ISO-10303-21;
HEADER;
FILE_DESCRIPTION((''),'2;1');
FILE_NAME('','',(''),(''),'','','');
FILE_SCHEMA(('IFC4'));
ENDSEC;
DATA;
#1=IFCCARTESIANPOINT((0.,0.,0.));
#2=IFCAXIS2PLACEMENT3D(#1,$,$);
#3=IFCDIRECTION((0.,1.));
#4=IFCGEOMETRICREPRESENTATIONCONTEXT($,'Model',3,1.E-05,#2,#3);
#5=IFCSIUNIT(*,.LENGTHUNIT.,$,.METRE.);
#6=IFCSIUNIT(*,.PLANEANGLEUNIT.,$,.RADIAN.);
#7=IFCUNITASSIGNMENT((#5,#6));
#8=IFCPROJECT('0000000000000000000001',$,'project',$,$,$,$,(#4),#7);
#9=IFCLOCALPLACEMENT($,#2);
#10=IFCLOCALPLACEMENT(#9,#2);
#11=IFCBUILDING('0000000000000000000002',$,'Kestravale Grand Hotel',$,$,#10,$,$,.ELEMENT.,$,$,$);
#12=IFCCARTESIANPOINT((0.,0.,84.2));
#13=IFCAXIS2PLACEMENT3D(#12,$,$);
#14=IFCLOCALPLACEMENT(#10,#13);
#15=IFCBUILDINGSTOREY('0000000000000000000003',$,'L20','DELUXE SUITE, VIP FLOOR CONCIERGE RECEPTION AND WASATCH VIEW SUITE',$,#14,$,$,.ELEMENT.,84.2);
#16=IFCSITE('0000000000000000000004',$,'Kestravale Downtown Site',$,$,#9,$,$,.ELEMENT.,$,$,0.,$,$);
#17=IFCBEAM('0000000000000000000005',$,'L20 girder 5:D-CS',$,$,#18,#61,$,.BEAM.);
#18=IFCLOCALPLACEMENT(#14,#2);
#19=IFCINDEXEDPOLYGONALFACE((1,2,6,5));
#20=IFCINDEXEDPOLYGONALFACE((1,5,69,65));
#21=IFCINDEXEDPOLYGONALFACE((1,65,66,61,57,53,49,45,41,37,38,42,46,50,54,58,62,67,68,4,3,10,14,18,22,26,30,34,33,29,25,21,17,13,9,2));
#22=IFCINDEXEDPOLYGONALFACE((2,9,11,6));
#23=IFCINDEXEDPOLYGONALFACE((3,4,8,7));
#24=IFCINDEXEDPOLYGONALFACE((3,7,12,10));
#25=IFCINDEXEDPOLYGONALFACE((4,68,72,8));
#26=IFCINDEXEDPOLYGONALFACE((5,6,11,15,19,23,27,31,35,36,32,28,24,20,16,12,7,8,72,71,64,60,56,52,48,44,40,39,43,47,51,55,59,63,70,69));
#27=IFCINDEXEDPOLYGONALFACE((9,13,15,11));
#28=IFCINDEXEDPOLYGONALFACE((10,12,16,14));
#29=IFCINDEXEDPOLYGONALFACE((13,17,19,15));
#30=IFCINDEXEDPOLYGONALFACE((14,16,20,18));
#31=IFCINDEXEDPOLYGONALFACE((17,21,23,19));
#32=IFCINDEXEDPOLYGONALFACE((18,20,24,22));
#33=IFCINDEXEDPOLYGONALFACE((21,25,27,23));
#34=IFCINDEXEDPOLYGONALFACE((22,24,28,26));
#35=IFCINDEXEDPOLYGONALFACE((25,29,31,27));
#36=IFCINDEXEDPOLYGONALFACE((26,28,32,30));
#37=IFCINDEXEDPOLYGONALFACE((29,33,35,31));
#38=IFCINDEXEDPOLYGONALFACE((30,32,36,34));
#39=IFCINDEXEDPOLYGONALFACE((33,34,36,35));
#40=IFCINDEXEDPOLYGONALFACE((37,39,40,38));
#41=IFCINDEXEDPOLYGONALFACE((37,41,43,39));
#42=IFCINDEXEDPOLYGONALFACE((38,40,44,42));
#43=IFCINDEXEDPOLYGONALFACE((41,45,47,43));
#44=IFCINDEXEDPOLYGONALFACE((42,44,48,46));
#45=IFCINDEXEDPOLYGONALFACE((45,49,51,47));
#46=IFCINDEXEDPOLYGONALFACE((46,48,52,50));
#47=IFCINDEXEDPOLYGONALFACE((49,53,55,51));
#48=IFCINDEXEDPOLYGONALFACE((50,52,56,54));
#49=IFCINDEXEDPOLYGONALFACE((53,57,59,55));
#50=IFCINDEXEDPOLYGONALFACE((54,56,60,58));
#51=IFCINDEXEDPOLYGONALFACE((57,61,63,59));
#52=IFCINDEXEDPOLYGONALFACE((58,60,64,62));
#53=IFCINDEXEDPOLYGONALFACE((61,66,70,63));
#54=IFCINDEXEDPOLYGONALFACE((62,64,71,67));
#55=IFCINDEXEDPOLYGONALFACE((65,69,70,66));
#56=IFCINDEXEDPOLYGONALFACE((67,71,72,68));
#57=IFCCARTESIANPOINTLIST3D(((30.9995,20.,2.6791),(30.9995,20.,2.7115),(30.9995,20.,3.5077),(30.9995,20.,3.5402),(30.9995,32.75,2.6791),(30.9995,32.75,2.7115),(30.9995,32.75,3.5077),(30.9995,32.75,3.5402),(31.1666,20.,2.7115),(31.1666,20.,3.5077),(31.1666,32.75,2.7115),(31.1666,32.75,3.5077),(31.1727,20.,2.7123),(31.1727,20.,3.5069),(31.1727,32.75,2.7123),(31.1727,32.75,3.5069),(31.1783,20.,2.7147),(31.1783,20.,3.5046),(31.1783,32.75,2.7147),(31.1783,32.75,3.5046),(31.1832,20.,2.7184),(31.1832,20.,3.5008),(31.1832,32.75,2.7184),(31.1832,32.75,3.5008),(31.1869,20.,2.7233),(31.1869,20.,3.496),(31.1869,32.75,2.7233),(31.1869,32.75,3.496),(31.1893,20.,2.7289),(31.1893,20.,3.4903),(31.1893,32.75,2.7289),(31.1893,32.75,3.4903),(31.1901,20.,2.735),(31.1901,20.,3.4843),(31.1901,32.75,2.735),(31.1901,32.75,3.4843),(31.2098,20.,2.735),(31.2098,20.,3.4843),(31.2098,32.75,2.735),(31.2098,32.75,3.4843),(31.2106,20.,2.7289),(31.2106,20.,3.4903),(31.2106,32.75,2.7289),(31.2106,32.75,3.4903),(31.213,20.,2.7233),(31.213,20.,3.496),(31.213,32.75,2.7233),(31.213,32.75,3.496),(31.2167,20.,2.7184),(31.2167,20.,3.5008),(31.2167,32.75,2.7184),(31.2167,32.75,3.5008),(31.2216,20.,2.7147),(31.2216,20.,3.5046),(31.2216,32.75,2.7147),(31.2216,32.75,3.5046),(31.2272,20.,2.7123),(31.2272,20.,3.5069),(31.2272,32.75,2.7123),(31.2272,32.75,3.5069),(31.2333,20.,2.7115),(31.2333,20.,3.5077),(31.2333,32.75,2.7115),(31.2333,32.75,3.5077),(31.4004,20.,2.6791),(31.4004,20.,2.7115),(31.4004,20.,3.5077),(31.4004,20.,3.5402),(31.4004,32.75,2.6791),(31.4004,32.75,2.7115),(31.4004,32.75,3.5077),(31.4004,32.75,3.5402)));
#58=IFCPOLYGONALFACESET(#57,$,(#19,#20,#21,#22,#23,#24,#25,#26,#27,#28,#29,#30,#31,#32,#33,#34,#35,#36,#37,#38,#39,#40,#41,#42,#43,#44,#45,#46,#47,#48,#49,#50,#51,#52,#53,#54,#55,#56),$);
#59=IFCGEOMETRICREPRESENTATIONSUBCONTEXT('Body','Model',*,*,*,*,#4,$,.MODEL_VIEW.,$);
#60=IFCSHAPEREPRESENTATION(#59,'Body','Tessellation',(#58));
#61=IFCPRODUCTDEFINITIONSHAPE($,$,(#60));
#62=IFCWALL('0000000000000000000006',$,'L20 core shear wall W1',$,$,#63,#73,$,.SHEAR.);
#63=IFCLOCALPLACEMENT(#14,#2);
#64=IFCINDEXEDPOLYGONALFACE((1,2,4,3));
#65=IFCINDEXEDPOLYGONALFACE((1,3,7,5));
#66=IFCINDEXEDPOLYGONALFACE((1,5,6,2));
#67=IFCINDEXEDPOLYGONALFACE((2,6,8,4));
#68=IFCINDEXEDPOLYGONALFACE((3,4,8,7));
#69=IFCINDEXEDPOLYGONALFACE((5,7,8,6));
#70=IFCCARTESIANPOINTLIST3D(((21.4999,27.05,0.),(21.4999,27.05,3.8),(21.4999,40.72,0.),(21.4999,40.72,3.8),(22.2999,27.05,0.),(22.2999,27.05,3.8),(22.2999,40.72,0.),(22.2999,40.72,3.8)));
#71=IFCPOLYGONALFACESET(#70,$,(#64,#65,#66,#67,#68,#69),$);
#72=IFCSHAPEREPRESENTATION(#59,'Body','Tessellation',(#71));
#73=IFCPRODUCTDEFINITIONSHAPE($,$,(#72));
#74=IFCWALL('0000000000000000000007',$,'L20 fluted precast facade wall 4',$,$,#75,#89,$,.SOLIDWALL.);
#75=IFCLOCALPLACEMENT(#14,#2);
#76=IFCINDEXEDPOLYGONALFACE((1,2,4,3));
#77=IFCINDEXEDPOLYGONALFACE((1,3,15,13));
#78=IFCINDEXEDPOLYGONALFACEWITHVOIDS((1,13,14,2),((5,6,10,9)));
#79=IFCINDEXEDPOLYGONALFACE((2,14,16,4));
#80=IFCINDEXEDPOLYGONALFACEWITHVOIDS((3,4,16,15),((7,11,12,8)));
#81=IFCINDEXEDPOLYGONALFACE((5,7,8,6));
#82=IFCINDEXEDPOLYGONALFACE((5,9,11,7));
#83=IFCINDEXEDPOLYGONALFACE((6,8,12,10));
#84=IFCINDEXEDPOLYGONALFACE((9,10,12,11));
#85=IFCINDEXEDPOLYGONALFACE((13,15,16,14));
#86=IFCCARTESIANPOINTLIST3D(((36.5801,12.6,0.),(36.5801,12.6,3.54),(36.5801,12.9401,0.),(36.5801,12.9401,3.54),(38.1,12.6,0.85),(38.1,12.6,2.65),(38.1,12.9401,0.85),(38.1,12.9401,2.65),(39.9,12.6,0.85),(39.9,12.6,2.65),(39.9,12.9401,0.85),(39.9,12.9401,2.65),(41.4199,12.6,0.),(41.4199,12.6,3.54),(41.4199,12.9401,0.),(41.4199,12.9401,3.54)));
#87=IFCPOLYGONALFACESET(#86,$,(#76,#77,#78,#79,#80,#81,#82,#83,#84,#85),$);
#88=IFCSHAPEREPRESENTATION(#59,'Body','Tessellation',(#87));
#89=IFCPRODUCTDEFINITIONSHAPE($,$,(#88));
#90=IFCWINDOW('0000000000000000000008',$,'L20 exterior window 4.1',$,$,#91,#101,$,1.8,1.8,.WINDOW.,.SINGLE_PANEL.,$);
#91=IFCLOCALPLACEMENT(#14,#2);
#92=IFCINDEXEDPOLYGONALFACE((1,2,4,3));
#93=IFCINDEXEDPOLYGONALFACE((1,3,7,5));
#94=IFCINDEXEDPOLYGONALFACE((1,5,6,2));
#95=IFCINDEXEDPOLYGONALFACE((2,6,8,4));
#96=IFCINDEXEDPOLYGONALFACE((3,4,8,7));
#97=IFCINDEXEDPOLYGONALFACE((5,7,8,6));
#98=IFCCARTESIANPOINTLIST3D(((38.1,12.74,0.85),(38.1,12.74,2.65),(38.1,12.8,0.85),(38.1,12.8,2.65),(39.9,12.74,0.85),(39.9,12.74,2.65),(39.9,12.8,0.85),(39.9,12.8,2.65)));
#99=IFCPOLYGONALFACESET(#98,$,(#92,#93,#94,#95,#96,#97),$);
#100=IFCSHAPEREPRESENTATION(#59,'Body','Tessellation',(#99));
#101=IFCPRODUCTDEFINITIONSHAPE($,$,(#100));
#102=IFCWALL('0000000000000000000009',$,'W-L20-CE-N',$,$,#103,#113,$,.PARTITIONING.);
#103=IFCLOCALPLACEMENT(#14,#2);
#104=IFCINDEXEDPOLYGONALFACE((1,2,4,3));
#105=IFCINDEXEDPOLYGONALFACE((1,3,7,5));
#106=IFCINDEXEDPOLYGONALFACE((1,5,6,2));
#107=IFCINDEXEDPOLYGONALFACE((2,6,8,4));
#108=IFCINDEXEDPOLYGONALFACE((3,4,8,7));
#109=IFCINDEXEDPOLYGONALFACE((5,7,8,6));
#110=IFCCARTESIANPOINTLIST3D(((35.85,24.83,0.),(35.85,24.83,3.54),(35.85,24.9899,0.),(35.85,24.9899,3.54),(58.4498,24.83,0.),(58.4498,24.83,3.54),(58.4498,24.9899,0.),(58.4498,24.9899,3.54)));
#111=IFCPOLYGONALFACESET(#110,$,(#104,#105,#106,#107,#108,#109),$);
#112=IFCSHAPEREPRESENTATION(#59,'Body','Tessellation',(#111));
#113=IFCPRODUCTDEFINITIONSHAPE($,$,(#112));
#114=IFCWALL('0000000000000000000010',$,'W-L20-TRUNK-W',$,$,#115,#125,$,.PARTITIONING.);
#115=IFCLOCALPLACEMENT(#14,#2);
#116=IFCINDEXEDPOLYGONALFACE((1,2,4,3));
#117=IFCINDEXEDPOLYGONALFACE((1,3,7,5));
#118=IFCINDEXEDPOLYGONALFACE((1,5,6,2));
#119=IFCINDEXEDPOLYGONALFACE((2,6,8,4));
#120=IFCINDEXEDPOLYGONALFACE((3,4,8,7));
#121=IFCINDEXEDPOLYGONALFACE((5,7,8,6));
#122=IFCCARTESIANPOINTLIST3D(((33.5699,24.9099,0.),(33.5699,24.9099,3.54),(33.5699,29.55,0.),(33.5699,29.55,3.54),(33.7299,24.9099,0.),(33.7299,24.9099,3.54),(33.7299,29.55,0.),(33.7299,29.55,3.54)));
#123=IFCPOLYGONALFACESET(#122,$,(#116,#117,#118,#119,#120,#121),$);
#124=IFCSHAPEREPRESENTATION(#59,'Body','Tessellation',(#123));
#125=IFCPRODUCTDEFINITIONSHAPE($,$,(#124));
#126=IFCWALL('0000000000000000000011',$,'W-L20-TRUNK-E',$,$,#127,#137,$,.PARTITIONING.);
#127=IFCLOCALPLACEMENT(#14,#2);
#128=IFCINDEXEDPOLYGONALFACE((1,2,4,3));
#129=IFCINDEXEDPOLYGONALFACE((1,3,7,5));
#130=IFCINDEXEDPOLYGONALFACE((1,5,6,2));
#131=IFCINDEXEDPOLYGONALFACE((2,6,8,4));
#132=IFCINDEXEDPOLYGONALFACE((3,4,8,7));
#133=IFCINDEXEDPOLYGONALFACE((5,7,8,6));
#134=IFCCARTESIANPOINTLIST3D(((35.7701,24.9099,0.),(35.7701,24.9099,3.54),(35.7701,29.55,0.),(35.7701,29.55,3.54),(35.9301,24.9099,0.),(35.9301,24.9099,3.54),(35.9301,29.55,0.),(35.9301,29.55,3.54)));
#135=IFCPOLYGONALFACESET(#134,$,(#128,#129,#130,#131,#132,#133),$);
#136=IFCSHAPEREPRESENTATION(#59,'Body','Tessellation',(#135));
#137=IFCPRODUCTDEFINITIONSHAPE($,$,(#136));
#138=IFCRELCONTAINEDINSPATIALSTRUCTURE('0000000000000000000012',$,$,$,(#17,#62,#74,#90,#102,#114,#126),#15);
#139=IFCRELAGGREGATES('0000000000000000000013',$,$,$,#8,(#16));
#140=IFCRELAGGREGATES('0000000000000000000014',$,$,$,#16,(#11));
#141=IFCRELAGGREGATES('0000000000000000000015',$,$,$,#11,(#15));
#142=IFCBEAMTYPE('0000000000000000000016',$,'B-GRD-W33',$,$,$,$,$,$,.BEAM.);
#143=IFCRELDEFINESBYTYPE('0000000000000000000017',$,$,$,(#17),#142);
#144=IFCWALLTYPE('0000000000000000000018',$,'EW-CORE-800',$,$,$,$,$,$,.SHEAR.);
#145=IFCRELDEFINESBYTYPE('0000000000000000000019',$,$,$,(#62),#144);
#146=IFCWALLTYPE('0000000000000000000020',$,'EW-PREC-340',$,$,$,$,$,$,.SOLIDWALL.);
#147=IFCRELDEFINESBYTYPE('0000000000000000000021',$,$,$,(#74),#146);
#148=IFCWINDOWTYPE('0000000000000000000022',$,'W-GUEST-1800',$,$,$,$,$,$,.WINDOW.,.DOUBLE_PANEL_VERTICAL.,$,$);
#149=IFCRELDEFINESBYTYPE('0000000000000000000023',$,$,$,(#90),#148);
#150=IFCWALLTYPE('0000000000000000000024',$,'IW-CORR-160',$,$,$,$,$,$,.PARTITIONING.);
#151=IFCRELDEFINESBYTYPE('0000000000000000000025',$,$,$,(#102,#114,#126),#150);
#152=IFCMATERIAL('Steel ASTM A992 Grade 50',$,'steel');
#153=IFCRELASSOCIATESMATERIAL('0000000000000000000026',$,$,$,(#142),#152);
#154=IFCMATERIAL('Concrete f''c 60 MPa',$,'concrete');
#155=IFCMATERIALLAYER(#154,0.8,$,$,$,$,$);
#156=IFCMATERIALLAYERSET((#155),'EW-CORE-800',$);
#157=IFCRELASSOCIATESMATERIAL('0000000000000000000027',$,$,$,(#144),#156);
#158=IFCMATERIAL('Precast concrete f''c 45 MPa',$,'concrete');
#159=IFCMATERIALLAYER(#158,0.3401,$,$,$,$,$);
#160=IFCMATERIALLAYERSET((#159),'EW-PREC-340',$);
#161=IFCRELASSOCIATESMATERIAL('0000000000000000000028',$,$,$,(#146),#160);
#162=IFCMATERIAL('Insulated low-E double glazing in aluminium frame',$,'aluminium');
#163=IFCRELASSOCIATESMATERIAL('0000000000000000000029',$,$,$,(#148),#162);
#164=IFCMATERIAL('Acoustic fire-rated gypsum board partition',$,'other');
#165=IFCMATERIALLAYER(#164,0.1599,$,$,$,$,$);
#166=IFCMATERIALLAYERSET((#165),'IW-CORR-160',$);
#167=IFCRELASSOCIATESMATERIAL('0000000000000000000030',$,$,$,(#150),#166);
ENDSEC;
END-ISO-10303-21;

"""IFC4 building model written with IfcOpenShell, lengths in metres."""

from ifc_helpers import new_model, si_unit, direction, frame, frame_2d, origin, origin_2d, place, context, subcontext, project, spatial, rectangle, i_section, extrude, material, layer, layer_set, material_profile, profile_set, type_object, element, fill, save


model = new_model("IFC4")

# Units and contexts
model_context = context("Model", 3, precision=1e-05, world=origin(), true_north=direction((0.0, 1.0)))
body_context = subcontext(model_context, "Body", "Model", "MODEL_VIEW")
ifc_project = project(units=[si_unit("LENGTHUNIT", "METRE"), si_unit("PLANEANGLEUNIT", "RADIAN")], contexts=[model_context])

# Site, building, storey
site_placement = place(None, origin())
site = spatial("IfcSite", under=ifc_project, at=site_placement, Name="Kestravale Downtown Site", CompositionType="ELEMENT", RefElevation=0.0)
building_placement = place(site_placement, origin())
building = spatial("IfcBuilding", under=site, at=building_placement, Name="Kestravale Grand Hotel", CompositionType="ELEMENT")
storey_placement = place(building_placement, frame((0.0, 0.0, 84.2)))
storey = spatial("IfcBuildingStorey", under=building, at=storey_placement, Name="L20", Description="DELUXE SUITE, VIP FLOOR CONCIERGE RECEPTION AND WASATCH VIEW SUITE", CompositionType="ELEMENT", Elevation=84.2)

# Beam
ifc_material_1 = material(Name="Steel ASTM A992 Grade 50", Category="steel")
ifc_material_profile_1 = material_profile(ifc_material_1, i_section(OverallWidth=0.4009, OverallDepth=0.8611, WebThickness=0.0198, FlangeThickness=0.0325, FilletRadius=0.0234, at=origin_2d()))
ifc_profile_set_1 = profile_set([ifc_material_profile_1], Name="Steel ASTM A992 Grade 50")
beam_type = type_object("IfcBeamType", Name="B-GRD-W33", PredefinedType="BEAM", material=ifc_profile_set_1)
for number, where, z_axis, x_axis, name in (
    (1, (31.2, 20.0, 3.1096), (0.0, 1.0, 0.0), (-1.0, 0.0, 0.0), "L20 girder 5:D-CS"),
):
    element("IfcBeam", number, at=place(storey_placement, frame(where, z_axis=z_axis, x_axis=x_axis)), inside=storey, type_object=beam_type, Name=name, PredefinedType="BEAM", context=body_context, shape_type="SweptSolid", body=[
        extrude(i_section(OverallWidth=0.4009, OverallDepth=0.8611, WebThickness=0.0198, FlangeThickness=0.0325, FilletRadius=0.0234, at=origin_2d()), origin(), (0.0, 0.0, 1.0), 12.75),
    ])

# Wall
ifc_material_2 = material(Name="Concrete f'c 60 MPa", Category="concrete")
ifc_layer_1 = layer(ifc_material_2, 0.8)
ifc_layer_set_1 = layer_set([ifc_layer_1], Name="EW-CORE-800")
wall_type_1 = type_object("IfcWallType", Name="EW-CORE-800", PredefinedType="SHEAR", material=ifc_layer_set_1)
wall_1_placement = place(storey_placement, frame((21.8999, 27.05, 0.0), z_axis=(0.0, 0.0, 1.0), x_axis=(0.0, 1.0, 0.0)))
element("IfcWall", 2, at=wall_1_placement, inside=storey, type_object=wall_type_1, Name="L20 core shear wall W1", PredefinedType="SHEAR", context=body_context, shape_type="SweptSolid", body=[
    extrude(rectangle(XDim=13.6699, YDim=0.8, at=frame_2d((6.835, 0.0))), origin(), (0.0, 0.0, 1.0), 3.8),
])

# Wall, opening, window
ifc_material_3 = material(Name="Precast concrete f'c 45 MPa", Category="concrete")
ifc_layer_2 = layer(ifc_material_3, 0.3401)
ifc_layer_set_2 = layer_set([ifc_layer_2], Name="EW-PREC-340")
wall_type_2 = type_object("IfcWallType", Name="EW-PREC-340", PredefinedType="SOLIDWALL", material=ifc_layer_set_2)
wall_2_placement = place(storey_placement, frame((36.5801, 12.77, 0.0), z_axis=(0.0, 0.0, 1.0), x_axis=(1.0, 0.0, 0.0)))
wall_2 = element("IfcWall", 3, at=wall_2_placement, inside=storey, type_object=wall_type_2, Name="L20 fluted precast facade wall 4", PredefinedType="SOLIDWALL", context=body_context, shape_type="SweptSolid", body=[
    extrude(rectangle(XDim=4.8398, YDim=0.3401, at=frame_2d((2.4199, 0.0))), origin(), (0.0, 0.0, 1.0), 3.54),
])
opening_1_placement = place(wall_2_placement, frame((1.52, 0.0, 0.8501)))
opening_1 = element("IfcOpeningElement", 4, at=opening_1_placement, cuts=wall_2, PredefinedType="OPENING", context=body_context, shape_type="SweptSolid", body=[
    extrude(rectangle(XDim=1.8, YDim=1.8, at=frame_2d((0.8999, 0.8999))), frame((0.0, 0.1799, 0.0), z_axis=(0.0, -1.0, 0.0), x_axis=(1.0, 0.0, 0.0)), (0.0, 0.0, 1.0), 0.3601),
])
ifc_material_4 = material(Name="Insulated low-E double glazing in aluminium frame", Category="aluminium")
window_type = type_object("IfcWindowType", Name="W-GUEST-1800", PartitioningType="DOUBLE_PANEL_VERTICAL", PredefinedType="WINDOW", material=ifc_material_4)
window_placement = place(opening_1_placement, origin())
window = element("IfcWindow", 5, at=window_placement, inside=storey, type_object=window_type, Name="L20 exterior window 4.1", OverallHeight=1.8, OverallWidth=1.8, PartitioningType="SINGLE_PANEL", PredefinedType="WINDOW", context=body_context, shape_type="SweptSolid", body=[
    extrude(rectangle(XDim=1.8, YDim=1.8, at=frame_2d((0.8999, 0.8999))), frame((0.0, 0.03, 0.0), z_axis=(0.0, -1.0, 0.0), x_axis=(1.0, 0.0, 0.0)), (0.0, 0.0, 1.0), 0.0601),
])
fill(opening_1, window)

# Walls
ifc_material_5 = material(Name="Acoustic fire-rated gypsum board partition", Category="other")
ifc_layer_3 = layer(ifc_material_5, 0.1599)
ifc_layer_set_3 = layer_set([ifc_layer_3], Name="IW-CORR-160")
wall_type_3 = type_object("IfcWallType", Name="IW-CORR-160", PredefinedType="PARTITIONING", material=ifc_layer_set_3)
wall_3_placement = place(storey_placement, frame((35.8501, 24.9099, 0.0), z_axis=(0.0, 0.0, 1.0), x_axis=(1.0, 0.0, 0.0)))
element("IfcWall", 6, at=wall_3_placement, inside=storey, type_object=wall_type_3, Name="W-L20-CE-N", PredefinedType="PARTITIONING", context=body_context, shape_type="SweptSolid", body=[
    extrude(rectangle(XDim=22.5999, YDim=0.1599, at=frame_2d((11.2998, 0.0))), origin(), (0.0, 0.0, 1.0), 3.54),
])
for number, where, z_axis, x_axis, name in (
    (7, (33.6499, 24.9099, 0.0), (0.0, 0.0, 1.0), (0.0, 1.0, 0.0), "W-L20-TRUNK-W"),
    (8, (35.8501, 24.9099, 0.0), (0.0, 0.0, 1.0), (0.0, 1.0, 0.0), "W-L20-TRUNK-E"),
):
    element("IfcWall", number, at=place(storey_placement, frame(where, z_axis=z_axis, x_axis=x_axis)), inside=storey, type_object=wall_type_3, Name=name, PredefinedType="PARTITIONING", context=body_context, shape_type="SweptSolid", body=[
        extrude(rectangle(XDim=4.6401, YDim=0.1599, at=frame_2d((2.3201, 0.0))), origin(), (0.0, 0.0, 1.0), 3.54),
    ])

save(model, "model.ifc")
